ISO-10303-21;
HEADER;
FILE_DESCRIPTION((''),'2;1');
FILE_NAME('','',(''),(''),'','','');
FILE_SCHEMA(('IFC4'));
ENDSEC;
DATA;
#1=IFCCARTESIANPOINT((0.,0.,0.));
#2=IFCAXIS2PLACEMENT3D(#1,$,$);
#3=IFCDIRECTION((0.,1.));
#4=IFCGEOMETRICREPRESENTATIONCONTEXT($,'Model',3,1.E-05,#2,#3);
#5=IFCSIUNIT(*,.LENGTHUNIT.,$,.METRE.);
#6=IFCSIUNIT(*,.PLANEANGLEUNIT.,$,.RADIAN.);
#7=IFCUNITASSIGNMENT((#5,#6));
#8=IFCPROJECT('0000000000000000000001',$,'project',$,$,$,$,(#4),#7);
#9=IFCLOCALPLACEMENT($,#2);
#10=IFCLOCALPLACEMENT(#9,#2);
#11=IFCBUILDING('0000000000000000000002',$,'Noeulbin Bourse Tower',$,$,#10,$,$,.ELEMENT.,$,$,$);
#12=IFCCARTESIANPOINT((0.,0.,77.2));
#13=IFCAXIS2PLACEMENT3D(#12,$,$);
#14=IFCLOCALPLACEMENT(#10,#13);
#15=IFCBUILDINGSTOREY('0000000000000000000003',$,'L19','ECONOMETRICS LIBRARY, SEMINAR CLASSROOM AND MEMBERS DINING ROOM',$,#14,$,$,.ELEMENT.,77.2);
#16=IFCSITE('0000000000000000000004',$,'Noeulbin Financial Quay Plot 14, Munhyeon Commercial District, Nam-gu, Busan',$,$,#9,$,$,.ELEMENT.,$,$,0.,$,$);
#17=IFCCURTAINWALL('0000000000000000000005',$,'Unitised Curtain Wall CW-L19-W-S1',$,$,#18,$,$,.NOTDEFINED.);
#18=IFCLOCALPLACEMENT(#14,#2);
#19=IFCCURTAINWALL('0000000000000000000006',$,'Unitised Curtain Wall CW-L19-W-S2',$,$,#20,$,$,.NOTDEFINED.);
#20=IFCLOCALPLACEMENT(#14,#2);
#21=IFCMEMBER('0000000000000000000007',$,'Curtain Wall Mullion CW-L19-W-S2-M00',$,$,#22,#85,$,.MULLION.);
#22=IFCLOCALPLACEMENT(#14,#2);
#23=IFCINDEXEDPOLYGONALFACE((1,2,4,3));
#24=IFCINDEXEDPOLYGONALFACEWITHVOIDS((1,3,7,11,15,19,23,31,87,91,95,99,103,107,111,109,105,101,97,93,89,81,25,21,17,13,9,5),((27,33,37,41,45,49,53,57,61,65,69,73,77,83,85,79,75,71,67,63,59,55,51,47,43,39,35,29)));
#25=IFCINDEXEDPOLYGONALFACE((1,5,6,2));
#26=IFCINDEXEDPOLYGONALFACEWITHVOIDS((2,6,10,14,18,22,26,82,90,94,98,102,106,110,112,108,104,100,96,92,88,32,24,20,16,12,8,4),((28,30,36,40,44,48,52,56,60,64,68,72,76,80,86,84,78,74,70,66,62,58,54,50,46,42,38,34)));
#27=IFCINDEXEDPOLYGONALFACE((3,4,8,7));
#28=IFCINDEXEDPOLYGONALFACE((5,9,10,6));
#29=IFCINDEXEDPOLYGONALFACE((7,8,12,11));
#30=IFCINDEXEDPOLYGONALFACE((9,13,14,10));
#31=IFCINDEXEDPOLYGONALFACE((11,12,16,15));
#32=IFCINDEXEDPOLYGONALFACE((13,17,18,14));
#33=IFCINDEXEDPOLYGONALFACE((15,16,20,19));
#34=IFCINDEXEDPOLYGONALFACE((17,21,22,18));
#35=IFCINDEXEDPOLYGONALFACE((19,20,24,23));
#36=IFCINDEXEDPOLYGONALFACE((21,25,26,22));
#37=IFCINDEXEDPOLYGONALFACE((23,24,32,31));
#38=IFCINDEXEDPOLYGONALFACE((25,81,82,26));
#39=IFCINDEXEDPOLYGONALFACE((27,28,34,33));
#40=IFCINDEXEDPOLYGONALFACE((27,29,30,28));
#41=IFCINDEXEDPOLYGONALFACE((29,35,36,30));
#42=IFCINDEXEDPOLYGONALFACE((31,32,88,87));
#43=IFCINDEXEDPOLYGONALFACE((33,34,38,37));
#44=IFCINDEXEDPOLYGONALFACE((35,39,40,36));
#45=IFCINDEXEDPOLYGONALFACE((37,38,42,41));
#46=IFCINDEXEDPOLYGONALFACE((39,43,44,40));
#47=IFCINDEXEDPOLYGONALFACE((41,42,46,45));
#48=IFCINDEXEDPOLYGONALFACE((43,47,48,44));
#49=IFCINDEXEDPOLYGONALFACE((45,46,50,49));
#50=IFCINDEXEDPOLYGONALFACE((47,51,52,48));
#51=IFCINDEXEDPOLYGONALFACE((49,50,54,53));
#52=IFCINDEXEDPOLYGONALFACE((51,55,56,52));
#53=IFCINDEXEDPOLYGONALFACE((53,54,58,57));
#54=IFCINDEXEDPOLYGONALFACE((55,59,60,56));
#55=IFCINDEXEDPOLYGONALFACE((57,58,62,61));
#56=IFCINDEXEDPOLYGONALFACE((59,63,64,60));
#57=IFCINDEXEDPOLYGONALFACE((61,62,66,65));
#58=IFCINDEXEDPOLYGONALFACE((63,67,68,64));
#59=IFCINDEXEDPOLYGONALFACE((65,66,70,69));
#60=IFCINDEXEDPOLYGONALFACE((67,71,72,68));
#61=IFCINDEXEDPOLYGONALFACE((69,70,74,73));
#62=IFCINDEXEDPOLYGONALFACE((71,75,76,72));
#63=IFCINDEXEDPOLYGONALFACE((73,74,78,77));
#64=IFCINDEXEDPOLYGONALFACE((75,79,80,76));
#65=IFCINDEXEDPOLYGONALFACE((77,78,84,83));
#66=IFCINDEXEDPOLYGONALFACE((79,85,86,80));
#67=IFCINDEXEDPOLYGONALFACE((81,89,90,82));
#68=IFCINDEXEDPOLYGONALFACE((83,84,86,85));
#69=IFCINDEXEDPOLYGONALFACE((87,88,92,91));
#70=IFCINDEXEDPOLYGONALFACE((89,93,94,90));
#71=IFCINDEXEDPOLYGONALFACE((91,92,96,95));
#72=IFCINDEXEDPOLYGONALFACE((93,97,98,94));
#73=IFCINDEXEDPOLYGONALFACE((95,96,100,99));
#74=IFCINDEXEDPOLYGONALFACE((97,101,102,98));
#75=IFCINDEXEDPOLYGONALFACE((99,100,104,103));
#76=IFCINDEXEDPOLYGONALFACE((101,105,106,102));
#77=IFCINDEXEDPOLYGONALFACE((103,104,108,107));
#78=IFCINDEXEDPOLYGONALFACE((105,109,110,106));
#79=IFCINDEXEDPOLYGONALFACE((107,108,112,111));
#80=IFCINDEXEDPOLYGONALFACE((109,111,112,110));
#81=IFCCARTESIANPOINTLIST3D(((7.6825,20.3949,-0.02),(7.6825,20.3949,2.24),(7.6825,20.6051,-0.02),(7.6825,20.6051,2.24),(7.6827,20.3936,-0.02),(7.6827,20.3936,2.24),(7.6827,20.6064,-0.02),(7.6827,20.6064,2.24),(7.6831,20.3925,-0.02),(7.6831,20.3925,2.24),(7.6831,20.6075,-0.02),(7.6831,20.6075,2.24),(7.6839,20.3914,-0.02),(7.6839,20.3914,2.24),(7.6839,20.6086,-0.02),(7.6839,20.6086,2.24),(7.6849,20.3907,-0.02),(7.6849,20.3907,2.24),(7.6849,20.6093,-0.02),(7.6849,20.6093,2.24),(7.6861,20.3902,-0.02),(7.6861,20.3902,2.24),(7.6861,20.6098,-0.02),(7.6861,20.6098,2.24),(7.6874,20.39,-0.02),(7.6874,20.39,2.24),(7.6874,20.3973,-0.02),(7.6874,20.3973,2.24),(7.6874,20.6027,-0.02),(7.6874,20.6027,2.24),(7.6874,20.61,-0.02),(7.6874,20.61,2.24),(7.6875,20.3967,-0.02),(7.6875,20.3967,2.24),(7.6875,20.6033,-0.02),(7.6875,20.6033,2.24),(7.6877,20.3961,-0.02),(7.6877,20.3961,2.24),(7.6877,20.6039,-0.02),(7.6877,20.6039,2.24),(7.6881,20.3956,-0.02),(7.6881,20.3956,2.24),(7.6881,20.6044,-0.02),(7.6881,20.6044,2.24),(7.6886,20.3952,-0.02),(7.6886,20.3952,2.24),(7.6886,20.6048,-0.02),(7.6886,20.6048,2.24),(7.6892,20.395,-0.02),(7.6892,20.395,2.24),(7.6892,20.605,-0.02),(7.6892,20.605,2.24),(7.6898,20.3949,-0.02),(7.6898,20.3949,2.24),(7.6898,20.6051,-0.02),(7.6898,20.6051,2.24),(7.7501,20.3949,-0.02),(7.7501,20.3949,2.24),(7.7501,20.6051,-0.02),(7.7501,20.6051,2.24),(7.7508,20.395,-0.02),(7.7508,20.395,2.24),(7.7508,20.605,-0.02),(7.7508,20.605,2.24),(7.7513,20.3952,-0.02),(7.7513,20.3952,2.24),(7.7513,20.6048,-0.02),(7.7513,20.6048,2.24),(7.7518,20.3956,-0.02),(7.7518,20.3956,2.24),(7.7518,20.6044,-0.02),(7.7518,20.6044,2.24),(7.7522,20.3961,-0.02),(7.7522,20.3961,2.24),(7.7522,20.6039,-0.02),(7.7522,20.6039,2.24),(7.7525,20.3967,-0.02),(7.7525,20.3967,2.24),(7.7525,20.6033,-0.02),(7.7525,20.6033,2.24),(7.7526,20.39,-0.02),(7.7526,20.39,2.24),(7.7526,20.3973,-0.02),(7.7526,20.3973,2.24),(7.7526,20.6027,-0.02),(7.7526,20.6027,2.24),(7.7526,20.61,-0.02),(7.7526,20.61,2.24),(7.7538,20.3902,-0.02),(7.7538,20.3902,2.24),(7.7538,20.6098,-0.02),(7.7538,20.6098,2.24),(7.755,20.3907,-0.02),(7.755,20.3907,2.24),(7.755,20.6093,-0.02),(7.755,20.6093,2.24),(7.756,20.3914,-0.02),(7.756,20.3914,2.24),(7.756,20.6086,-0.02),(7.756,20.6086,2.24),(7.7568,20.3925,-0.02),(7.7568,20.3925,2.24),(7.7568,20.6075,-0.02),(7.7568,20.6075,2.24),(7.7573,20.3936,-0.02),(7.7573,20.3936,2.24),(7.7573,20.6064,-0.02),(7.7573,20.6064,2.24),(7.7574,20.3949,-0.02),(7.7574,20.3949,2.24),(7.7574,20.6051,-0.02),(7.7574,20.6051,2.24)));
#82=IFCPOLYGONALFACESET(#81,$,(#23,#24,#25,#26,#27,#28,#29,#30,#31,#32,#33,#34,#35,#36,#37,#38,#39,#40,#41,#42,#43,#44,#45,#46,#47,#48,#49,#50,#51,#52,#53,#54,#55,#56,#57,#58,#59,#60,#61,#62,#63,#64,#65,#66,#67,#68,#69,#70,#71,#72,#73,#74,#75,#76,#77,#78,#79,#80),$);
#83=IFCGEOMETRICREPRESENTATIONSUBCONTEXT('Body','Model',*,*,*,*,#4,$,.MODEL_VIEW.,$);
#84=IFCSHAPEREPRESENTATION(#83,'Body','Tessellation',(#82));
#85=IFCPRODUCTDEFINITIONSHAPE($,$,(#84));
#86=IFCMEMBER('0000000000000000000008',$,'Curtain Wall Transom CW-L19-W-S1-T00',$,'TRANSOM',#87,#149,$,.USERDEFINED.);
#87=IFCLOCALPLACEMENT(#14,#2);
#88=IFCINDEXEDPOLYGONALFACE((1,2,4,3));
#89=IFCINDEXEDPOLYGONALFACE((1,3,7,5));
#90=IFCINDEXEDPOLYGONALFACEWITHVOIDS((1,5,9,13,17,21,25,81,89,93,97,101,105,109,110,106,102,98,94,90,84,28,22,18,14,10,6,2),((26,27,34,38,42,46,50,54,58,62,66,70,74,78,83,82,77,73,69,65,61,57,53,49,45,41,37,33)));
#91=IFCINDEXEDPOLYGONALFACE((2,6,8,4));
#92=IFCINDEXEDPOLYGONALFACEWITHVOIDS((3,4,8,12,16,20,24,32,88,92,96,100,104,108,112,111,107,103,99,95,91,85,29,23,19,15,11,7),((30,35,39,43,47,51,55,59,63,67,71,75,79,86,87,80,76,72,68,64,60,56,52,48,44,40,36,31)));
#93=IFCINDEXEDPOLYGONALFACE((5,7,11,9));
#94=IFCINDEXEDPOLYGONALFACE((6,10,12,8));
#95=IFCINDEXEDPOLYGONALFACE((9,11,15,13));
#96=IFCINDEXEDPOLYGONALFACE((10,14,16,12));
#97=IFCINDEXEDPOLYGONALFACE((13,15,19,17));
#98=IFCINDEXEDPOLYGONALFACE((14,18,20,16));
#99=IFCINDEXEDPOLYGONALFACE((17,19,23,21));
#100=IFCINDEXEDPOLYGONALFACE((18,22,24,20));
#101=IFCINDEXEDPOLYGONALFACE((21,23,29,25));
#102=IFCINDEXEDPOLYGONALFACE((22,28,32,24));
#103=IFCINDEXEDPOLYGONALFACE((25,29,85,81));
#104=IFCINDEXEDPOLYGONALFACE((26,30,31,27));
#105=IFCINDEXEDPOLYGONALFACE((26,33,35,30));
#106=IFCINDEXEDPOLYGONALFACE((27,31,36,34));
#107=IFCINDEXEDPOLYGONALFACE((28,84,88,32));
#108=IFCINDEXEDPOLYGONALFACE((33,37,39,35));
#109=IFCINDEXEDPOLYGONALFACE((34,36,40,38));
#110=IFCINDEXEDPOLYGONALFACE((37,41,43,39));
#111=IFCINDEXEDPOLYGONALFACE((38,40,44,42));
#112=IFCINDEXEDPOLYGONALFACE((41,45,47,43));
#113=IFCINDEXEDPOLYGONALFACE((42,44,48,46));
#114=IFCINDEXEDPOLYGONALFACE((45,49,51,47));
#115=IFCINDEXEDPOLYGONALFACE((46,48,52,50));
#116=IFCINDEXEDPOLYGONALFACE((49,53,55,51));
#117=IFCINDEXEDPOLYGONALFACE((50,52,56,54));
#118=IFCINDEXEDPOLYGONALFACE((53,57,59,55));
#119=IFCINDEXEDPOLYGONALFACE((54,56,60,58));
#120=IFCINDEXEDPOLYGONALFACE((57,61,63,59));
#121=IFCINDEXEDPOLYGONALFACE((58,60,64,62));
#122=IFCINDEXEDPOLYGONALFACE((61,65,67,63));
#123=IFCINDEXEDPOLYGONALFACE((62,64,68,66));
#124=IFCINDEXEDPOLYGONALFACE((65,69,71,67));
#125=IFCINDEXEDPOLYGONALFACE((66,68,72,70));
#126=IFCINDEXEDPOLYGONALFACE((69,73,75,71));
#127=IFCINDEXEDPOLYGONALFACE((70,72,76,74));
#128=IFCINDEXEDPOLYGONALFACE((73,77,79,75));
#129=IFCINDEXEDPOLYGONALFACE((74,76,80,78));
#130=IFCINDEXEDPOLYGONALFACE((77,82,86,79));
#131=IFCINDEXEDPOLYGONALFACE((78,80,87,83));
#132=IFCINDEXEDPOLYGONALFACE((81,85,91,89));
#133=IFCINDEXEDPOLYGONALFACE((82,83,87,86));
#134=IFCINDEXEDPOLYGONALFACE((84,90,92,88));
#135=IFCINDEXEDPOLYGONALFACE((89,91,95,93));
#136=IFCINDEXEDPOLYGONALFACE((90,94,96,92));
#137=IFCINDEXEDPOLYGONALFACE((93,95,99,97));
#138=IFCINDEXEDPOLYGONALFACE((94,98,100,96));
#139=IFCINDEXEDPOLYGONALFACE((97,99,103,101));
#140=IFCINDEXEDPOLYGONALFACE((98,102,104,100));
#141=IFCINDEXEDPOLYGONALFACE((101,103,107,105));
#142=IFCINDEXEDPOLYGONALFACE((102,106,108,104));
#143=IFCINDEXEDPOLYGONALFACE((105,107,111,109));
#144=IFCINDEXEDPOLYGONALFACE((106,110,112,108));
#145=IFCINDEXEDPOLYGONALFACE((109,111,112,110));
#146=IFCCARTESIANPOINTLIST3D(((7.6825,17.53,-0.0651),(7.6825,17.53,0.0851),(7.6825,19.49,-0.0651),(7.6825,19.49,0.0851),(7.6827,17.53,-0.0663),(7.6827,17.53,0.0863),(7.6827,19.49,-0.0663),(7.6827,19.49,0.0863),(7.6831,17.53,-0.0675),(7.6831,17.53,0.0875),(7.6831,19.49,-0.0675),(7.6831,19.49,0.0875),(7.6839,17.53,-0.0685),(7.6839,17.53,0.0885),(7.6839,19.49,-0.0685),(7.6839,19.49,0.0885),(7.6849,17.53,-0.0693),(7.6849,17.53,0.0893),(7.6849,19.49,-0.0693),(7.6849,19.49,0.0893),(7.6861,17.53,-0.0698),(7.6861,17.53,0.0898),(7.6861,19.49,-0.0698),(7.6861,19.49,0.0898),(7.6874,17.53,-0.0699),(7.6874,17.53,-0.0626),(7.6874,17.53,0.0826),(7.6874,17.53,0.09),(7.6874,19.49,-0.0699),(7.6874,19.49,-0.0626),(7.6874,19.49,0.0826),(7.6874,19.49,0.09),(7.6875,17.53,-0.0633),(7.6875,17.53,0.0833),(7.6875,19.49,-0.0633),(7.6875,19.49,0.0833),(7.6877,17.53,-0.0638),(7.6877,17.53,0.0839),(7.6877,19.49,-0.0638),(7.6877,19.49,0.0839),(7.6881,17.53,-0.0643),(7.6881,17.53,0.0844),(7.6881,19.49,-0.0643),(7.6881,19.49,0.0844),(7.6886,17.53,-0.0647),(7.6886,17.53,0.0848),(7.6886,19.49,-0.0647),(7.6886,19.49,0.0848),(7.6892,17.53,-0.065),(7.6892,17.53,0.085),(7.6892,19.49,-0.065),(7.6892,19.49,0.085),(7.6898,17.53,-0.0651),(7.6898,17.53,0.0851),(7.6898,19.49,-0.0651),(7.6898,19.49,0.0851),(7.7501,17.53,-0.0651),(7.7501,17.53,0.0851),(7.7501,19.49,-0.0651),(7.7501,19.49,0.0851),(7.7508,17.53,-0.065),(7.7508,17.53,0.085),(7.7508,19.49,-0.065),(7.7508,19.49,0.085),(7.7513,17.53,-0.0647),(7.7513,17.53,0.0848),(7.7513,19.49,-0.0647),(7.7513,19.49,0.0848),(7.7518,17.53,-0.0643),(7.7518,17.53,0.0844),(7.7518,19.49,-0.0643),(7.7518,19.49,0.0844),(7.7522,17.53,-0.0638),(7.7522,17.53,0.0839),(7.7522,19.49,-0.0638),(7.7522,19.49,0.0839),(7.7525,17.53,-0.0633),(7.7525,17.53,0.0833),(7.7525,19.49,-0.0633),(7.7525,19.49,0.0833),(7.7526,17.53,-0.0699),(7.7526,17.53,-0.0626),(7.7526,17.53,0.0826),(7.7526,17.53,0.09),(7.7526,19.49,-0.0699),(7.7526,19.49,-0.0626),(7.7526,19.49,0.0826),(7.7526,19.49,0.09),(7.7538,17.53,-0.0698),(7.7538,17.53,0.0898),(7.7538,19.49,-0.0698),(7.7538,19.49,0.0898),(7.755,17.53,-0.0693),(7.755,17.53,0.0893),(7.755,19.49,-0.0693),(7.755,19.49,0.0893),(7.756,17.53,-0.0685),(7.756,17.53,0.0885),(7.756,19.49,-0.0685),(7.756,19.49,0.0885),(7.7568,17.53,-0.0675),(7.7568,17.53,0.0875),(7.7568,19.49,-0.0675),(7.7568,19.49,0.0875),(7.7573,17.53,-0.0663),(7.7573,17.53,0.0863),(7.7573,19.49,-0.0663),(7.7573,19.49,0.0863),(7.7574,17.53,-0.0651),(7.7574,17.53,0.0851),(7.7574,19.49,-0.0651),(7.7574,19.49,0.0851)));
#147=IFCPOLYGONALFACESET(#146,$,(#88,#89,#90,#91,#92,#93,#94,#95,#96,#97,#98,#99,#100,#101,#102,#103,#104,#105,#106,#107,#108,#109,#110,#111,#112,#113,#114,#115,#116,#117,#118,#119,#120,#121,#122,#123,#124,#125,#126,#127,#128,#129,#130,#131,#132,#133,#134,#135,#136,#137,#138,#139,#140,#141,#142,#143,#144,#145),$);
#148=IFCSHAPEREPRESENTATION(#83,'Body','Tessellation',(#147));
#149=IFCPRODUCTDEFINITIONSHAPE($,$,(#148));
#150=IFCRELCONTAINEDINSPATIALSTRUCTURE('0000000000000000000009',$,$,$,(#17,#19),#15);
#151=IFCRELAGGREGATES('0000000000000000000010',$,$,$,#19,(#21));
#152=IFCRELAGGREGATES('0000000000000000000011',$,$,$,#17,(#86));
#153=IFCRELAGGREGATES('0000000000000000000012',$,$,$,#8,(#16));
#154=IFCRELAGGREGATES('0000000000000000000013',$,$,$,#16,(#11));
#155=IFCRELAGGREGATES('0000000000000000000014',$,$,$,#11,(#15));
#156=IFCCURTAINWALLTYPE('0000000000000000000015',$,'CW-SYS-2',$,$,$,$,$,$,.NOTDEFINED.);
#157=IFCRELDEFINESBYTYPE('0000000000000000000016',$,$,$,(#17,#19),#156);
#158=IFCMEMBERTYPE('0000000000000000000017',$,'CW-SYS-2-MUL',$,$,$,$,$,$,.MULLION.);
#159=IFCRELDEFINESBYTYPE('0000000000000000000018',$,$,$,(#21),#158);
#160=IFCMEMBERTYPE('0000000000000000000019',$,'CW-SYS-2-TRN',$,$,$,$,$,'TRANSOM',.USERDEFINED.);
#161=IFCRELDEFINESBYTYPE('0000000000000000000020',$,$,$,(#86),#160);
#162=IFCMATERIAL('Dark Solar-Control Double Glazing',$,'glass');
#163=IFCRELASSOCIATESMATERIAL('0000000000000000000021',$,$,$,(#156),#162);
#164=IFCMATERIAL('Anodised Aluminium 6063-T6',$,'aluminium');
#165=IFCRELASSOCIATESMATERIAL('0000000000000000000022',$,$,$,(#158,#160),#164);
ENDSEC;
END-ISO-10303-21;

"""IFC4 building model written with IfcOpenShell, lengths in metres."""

from ifc_helpers import new_model, si_unit, direction, frame, origin, origin_2d, place, context, subcontext, project, spatial, hollow_rectangle, extrude, material, material_profile, profile_set, type_object, element, aggregate, save


model = new_model("IFC4")

# Units and contexts
model_context = context("Model", 3, precision=1e-05, world=origin(), true_north=direction((0.0, 1.0)))
body_context = subcontext(model_context, "Body", "Model", "MODEL_VIEW")
ifc_project = project(units=[si_unit("LENGTHUNIT", "METRE"), si_unit("PLANEANGLEUNIT", "RADIAN")], contexts=[model_context])

# Site, building, storey
site_placement = place(None, origin())
site = spatial("IfcSite", under=ifc_project, at=site_placement, Name="Noeulbin Financial Quay Plot 14, Munhyeon Commercial District, Nam-gu, Busan", CompositionType="ELEMENT", RefElevation=0.0)
building_placement = place(site_placement, origin())
building = spatial("IfcBuilding", under=site, at=building_placement, Name="Noeulbin Bourse Tower", CompositionType="ELEMENT")
storey_placement = place(building_placement, frame((0.0, 0.0, 77.2)))
storey = spatial("IfcBuildingStorey", under=building, at=storey_placement, Name="L19", Description="ECONOMETRICS LIBRARY, SEMINAR CLASSROOM AND MEMBERS DINING ROOM", CompositionType="ELEMENT", Elevation=77.2)

# Curtain wall
ifc_material_1 = material(Name="Dark Solar-Control Double Glazing", Category="glass")
curtain_wall_type = type_object("IfcCurtainWallType", Name="CW-SYS-2", PredefinedType="NOTDEFINED", material=ifc_material_1)
curtain_wall_1_placement = place(storey_placement, origin())
curtain_wall_1 = element("IfcCurtainWall", 1, at=curtain_wall_1_placement, inside=storey, type_object=curtain_wall_type, Name="Unitised Curtain Wall CW-L19-W-S1", PredefinedType="NOTDEFINED")
ifc_material_2 = material(Name="Anodised Aluminium 6063-T6", Category="aluminium")
ifc_material_profile_1 = material_profile(ifc_material_2, hollow_rectangle(XDim=0.075, YDim=0.22, WallThickness=0.0049, InnerFilletRadius=0.0024, OuterFilletRadius=0.0049, at=origin_2d()), Name="ALU-MULL-75x220x5", Category="LoadBearing")
ifc_profile_set_1 = profile_set([ifc_material_profile_1], Name="Anodised Aluminium 6063-T6")
member_type_1 = type_object("IfcMemberType", Name="CW-SYS-2-MUL", PredefinedType="MULLION", material=ifc_profile_set_1)

# Curtain wall, member
curtain_wall_2_placement = place(storey_placement, origin())
curtain_wall_2 = element("IfcCurtainWall", 2, at=curtain_wall_2_placement, inside=storey, type_object=curtain_wall_type, Name="Unitised Curtain Wall CW-L19-W-S2", PredefinedType="NOTDEFINED")
member_1_placement = place(storey_placement, frame((7.72, 20.5, -0.02), z_axis=(0.0, 0.0, 1.0), x_axis=(1.0, 0.0, 0.0)))
member_1 = element("IfcMember", 3, at=member_1_placement, type_object=member_type_1, Name="Curtain Wall Mullion CW-L19-W-S2-M00", PredefinedType="MULLION", context=body_context, shape_type="SweptSolid", body=[
    extrude(hollow_rectangle(XDim=0.075, YDim=0.22, WallThickness=0.0049, InnerFilletRadius=0.0024, OuterFilletRadius=0.0049, at=origin_2d()), origin(), (0.0, 0.0, 1.0), 2.26),
])

# Member
ifc_material_profile_2 = material_profile(ifc_material_2, hollow_rectangle(XDim=0.075, YDim=0.1599, WallThickness=0.0049, InnerFilletRadius=0.0024, OuterFilletRadius=0.0049, at=origin_2d()), Name="ALU-TRAN-75x160x5", Category="LoadBearing")
ifc_profile_set_2 = profile_set([ifc_material_profile_2], Name="Anodised Aluminium 6063-T6")
member_type_2 = type_object("IfcMemberType", Name="CW-SYS-2-TRN", ElementType="TRANSOM", PredefinedType="USERDEFINED", material=ifc_profile_set_2)
member_2_placement = place(storey_placement, frame((7.72, 17.53, 0.01), z_axis=(0.0, 1.0, 0.0), x_axis=(-1.0, 0.0, 0.0)))
member_2 = element("IfcMember", 4, at=member_2_placement, type_object=member_type_2, Name="Curtain Wall Transom CW-L19-W-S1-T00", ObjectType="TRANSOM", PredefinedType="USERDEFINED", context=body_context, shape_type="SweptSolid", body=[
    extrude(hollow_rectangle(XDim=0.075, YDim=0.1599, WallThickness=0.0049, InnerFilletRadius=0.0024, OuterFilletRadius=0.0049, at=origin_2d()), origin(), (0.0, 0.0, 1.0), 1.96),
])
aggregate(curtain_wall_2, [member_1])

aggregate(curtain_wall_1, [member_2])

save(model, "model.ifc")
